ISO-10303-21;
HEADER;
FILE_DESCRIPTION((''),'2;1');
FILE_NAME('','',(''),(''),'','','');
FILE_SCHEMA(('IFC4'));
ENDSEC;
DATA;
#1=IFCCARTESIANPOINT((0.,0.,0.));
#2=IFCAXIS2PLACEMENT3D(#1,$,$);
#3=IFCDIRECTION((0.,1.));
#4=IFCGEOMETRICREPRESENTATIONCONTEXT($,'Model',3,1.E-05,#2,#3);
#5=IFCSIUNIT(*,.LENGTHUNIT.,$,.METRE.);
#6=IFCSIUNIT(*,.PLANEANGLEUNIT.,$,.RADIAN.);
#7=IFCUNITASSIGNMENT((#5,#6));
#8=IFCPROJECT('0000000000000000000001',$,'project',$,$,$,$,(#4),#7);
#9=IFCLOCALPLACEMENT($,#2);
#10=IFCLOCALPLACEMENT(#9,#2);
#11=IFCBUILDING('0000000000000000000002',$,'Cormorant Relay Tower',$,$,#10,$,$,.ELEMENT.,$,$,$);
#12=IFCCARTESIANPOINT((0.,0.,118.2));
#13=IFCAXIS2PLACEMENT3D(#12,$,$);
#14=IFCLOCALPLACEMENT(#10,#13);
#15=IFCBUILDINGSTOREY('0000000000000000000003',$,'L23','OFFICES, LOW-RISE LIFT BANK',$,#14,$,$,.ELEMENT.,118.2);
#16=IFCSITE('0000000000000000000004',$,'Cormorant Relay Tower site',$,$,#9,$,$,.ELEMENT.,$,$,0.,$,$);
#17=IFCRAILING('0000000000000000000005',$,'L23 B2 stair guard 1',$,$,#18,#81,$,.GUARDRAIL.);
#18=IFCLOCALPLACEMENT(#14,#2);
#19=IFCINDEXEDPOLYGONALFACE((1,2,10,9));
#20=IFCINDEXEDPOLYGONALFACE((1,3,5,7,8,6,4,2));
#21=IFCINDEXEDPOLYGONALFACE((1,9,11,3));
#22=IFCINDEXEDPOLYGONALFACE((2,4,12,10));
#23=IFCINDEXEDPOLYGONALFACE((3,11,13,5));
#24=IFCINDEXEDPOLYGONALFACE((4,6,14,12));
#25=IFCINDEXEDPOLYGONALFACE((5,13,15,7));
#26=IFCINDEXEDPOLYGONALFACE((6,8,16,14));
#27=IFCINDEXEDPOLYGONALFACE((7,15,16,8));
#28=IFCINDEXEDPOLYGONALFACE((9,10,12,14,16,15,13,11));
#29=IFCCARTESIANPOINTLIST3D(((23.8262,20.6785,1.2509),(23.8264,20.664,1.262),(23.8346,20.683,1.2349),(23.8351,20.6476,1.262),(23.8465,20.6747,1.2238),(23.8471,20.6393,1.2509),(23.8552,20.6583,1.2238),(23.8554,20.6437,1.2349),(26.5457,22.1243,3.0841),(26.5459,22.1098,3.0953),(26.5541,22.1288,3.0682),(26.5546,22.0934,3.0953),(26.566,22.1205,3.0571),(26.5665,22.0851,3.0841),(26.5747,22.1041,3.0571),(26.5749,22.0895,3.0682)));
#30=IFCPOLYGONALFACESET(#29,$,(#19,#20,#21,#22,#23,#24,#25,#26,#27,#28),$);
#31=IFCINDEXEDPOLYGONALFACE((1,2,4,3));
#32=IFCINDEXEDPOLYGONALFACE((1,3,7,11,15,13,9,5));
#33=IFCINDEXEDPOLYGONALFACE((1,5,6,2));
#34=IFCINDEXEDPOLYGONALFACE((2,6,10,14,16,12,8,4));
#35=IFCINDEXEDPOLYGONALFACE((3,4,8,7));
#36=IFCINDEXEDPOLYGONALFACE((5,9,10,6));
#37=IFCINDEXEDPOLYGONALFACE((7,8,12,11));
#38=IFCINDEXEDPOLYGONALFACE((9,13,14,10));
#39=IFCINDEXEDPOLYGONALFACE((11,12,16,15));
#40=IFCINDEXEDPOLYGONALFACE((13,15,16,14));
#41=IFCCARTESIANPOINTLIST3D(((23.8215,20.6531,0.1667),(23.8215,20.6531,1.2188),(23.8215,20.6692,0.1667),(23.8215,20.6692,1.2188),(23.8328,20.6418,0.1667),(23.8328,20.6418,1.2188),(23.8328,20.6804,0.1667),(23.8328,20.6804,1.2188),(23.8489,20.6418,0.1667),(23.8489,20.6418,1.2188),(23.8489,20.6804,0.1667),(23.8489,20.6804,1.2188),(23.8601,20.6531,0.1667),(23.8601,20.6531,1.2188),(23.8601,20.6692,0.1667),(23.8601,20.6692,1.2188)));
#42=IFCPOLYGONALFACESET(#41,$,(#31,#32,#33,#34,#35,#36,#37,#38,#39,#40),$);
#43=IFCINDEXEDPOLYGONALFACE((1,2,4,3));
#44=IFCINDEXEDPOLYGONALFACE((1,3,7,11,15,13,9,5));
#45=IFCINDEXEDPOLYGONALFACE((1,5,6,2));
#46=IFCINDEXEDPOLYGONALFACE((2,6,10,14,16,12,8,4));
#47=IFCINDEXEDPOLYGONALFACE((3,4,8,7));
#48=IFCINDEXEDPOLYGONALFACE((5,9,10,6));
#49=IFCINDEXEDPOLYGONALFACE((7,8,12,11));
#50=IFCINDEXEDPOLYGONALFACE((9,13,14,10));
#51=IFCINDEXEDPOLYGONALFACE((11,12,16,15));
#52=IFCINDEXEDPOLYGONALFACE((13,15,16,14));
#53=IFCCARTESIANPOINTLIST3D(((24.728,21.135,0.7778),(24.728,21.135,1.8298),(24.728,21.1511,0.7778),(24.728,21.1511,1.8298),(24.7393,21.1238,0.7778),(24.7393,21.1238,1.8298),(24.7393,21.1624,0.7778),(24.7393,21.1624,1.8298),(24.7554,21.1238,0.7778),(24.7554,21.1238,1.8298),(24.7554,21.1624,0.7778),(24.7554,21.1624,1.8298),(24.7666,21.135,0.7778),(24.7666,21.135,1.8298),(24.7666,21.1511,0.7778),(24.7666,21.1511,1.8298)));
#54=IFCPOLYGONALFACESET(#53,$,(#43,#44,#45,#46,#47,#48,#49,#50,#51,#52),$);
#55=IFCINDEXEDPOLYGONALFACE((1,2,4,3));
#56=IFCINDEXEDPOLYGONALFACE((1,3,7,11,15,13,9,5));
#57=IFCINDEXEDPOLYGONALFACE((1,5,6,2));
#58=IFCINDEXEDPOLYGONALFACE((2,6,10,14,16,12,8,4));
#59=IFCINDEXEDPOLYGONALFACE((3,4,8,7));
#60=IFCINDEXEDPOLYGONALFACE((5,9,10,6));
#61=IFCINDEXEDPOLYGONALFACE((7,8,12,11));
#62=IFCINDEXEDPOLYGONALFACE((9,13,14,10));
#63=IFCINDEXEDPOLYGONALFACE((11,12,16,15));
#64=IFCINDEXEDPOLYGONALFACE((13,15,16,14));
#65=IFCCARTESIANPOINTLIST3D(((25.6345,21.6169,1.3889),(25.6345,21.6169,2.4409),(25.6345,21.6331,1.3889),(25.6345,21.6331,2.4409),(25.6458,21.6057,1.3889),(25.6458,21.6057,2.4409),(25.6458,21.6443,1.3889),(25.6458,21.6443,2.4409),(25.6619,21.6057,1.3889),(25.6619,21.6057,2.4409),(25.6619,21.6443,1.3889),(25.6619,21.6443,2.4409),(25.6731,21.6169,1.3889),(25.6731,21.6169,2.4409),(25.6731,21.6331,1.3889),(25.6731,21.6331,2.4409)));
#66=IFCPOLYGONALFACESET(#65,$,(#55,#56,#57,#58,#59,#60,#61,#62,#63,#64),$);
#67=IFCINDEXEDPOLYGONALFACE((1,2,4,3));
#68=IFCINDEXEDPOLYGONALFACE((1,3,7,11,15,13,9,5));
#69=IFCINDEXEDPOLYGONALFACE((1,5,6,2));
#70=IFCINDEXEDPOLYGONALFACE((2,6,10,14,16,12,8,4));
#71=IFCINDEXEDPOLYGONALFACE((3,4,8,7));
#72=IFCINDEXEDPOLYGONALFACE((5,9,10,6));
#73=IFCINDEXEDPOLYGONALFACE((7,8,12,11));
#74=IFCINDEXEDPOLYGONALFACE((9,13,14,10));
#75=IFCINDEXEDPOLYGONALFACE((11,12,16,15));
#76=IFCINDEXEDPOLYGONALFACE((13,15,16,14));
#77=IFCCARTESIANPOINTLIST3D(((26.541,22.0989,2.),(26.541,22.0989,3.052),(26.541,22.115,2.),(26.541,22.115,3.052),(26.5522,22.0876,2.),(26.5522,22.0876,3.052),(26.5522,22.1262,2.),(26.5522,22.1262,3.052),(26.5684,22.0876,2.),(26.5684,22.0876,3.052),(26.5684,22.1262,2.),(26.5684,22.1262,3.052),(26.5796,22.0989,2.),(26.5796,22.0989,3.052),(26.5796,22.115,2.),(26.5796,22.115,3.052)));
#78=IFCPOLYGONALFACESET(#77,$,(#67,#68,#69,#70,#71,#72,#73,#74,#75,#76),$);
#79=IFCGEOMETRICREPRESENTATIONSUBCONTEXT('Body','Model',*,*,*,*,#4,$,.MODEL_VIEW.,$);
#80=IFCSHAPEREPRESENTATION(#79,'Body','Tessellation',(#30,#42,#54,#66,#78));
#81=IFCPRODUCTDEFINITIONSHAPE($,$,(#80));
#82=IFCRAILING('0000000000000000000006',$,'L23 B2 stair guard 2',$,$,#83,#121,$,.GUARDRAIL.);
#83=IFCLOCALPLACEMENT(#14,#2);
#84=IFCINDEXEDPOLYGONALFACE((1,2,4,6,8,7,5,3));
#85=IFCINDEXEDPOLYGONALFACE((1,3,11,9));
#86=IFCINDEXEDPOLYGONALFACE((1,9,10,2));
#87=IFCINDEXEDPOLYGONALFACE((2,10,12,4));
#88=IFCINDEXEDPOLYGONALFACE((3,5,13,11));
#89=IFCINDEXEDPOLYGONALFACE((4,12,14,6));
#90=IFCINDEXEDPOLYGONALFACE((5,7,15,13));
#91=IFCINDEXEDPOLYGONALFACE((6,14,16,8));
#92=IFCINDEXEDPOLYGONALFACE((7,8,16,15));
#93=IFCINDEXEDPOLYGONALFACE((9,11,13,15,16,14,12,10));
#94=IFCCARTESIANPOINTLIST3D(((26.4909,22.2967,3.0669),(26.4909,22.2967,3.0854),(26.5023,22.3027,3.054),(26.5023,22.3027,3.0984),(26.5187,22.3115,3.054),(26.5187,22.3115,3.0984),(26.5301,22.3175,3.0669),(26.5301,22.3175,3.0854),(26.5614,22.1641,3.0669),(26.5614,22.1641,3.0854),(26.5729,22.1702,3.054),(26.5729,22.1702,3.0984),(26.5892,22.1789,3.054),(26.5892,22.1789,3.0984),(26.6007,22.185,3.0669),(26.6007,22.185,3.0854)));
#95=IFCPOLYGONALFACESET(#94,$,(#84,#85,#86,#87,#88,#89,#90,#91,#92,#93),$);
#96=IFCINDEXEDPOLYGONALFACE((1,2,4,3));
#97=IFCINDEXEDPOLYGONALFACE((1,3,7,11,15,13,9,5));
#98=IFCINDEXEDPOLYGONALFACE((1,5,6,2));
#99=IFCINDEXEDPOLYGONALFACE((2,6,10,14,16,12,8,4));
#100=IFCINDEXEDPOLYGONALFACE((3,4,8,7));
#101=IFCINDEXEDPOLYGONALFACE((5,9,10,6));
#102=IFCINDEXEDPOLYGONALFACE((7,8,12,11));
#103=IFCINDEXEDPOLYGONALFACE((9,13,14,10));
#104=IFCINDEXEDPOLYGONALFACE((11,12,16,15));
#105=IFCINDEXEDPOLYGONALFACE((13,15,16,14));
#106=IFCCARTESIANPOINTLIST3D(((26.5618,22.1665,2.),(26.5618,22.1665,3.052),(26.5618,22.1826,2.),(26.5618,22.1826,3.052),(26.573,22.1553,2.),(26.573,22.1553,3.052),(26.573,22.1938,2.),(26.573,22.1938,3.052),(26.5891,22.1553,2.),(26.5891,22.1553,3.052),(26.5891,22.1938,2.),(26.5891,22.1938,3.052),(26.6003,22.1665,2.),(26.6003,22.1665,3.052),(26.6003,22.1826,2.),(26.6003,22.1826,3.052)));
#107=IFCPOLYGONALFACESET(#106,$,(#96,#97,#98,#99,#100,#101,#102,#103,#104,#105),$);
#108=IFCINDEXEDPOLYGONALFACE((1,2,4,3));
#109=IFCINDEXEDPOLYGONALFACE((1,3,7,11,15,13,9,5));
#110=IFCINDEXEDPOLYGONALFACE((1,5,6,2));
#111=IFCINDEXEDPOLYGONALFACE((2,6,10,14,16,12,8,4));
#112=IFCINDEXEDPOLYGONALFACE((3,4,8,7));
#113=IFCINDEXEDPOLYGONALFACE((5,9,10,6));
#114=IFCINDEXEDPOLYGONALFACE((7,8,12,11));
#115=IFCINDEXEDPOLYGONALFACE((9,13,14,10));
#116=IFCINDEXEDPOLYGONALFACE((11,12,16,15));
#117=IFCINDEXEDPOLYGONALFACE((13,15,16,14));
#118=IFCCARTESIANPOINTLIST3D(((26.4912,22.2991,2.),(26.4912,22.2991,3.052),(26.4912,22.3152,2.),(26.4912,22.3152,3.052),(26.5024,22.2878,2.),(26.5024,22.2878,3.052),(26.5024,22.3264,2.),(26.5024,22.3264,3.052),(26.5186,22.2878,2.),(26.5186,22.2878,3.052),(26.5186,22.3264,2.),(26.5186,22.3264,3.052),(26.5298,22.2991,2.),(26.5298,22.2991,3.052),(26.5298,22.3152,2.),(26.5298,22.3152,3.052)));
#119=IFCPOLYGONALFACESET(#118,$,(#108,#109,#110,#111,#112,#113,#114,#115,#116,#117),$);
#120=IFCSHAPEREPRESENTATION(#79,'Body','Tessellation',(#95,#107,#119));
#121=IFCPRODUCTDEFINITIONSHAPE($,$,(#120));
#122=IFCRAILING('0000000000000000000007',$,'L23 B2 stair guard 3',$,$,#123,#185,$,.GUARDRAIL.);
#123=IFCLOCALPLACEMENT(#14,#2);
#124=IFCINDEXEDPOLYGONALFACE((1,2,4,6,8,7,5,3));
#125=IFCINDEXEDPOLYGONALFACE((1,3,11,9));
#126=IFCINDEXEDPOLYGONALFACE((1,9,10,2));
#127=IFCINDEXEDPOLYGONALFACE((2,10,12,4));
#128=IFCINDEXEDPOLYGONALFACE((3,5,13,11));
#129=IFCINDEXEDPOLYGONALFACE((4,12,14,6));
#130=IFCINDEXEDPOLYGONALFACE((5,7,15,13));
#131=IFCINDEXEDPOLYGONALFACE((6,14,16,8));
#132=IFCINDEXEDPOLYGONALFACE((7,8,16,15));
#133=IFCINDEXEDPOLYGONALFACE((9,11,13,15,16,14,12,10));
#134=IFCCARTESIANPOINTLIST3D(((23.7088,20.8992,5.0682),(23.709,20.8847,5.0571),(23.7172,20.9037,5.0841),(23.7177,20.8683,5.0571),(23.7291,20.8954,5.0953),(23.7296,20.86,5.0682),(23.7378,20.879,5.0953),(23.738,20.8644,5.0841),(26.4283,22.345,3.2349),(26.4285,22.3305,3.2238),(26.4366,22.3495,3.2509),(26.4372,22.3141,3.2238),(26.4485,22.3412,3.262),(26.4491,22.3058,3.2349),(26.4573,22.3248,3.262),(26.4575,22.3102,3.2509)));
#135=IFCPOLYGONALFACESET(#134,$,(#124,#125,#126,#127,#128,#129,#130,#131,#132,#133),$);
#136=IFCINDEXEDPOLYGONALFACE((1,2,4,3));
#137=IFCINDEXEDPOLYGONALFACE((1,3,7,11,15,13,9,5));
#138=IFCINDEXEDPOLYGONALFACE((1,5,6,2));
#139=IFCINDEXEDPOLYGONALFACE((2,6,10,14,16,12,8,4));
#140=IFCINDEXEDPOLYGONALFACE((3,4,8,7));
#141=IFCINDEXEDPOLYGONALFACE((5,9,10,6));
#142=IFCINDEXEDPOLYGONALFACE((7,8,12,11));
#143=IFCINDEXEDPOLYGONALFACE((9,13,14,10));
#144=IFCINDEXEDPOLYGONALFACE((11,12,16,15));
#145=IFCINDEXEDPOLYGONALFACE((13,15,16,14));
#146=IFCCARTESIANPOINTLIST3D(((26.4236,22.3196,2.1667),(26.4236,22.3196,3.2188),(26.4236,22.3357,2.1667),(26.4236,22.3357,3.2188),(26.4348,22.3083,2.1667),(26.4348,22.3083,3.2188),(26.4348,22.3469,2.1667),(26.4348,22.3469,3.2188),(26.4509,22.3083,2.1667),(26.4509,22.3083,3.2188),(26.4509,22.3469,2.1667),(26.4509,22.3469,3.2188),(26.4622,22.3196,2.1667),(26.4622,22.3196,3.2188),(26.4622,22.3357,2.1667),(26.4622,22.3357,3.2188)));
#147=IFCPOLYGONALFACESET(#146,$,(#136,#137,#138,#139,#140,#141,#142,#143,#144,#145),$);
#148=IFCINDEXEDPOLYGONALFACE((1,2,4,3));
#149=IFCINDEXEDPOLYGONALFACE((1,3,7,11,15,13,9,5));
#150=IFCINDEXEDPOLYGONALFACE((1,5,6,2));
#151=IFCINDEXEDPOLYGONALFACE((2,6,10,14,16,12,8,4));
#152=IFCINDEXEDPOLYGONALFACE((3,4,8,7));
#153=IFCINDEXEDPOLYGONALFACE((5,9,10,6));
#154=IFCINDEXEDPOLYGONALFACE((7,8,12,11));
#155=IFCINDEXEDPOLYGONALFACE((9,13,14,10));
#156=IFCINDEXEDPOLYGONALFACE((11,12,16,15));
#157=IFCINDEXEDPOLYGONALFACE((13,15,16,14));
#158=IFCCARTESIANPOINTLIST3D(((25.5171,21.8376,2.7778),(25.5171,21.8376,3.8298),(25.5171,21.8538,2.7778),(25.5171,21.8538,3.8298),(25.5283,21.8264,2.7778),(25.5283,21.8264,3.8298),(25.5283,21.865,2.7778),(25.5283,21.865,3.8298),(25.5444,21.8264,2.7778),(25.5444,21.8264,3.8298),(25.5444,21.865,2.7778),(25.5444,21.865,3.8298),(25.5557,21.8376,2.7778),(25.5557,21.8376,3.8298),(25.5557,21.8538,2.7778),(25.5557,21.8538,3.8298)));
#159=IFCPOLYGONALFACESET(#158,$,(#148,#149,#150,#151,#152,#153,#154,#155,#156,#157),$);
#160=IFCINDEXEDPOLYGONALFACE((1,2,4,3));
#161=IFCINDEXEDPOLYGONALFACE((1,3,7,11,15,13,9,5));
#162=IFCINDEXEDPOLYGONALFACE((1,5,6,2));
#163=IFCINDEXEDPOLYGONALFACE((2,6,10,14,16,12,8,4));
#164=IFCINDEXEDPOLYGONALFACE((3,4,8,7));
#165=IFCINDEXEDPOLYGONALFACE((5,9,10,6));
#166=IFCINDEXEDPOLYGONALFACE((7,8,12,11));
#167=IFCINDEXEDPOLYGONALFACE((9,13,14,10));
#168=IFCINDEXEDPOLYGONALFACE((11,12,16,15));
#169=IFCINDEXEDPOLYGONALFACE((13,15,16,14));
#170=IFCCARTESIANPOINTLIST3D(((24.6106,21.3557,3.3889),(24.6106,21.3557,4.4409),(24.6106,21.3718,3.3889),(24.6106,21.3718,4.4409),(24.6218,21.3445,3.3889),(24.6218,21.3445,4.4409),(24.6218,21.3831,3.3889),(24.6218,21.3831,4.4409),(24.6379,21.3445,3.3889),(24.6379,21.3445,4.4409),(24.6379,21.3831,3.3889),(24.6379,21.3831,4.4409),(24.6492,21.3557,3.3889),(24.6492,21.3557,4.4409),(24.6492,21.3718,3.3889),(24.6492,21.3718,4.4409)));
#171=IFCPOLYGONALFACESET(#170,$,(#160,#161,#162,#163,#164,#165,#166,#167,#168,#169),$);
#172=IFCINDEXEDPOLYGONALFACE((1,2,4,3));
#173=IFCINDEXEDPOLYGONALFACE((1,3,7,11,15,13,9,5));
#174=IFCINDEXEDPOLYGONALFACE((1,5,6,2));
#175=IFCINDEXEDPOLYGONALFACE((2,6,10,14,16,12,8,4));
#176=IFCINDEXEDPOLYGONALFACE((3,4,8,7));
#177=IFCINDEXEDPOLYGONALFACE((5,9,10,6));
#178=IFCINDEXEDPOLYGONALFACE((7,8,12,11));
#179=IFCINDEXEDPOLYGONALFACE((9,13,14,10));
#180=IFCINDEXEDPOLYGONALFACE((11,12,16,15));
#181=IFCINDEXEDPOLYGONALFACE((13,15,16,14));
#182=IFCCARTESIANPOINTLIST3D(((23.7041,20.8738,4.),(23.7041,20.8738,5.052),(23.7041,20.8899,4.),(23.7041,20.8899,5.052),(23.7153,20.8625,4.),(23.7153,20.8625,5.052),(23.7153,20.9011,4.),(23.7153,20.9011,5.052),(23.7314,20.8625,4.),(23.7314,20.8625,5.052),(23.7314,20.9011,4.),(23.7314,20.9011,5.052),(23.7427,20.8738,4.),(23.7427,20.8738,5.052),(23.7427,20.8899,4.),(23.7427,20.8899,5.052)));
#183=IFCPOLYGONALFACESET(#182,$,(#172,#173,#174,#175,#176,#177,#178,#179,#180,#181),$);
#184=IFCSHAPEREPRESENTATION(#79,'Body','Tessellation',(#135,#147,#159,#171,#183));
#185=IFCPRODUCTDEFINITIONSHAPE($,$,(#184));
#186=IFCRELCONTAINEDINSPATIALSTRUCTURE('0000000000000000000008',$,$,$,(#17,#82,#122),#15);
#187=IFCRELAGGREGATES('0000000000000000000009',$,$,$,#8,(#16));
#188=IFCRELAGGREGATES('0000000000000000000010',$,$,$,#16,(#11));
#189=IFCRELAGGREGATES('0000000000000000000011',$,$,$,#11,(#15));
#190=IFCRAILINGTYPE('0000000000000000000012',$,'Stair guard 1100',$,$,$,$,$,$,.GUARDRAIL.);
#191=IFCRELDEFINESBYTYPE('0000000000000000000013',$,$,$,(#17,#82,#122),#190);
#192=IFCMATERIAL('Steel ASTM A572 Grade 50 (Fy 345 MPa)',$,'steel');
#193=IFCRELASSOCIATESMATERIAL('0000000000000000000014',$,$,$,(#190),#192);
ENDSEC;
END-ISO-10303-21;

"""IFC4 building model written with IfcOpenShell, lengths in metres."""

from ifc_helpers import new_model, si_unit, direction, frame, origin, place, context, subcontext, project, spatial, polyline, outline, extrude, material, type_object, element, save


model = new_model("IFC4")

# Units and contexts
model_context = context("Model", 3, precision=1e-05, world=origin(), true_north=direction((0.0, 1.0)))
body_context = subcontext(model_context, "Body", "Model", "MODEL_VIEW")
ifc_project = project(units=[si_unit("LENGTHUNIT", "METRE"), si_unit("PLANEANGLEUNIT", "RADIAN")], contexts=[model_context])

# Site, building, storey
site_placement = place(None, origin())
site = spatial("IfcSite", under=ifc_project, at=site_placement, Name="Cormorant Relay Tower site", CompositionType="ELEMENT", RefElevation=0.0)
building_placement = place(site_placement, origin())
building = spatial("IfcBuilding", under=site, at=building_placement, Name="Cormorant Relay Tower", CompositionType="ELEMENT")
storey_placement = place(building_placement, frame((0.0, 0.0, 118.2)))
storey = spatial("IfcBuildingStorey", under=building, at=storey_placement, Name="L23", Description="OFFICES, LOW-RISE LIFT BANK", CompositionType="ELEMENT", Elevation=118.2)

# Railings
ifc_material_1 = material(Name="Steel ASTM A572 Grade 50 (Fy 345 MPa)", Category="steel")
railing_type_1 = type_object("IfcRailingType", Name="Stair guard 1100", PredefinedType="GUARDRAIL", material=ifc_material_1)
railing_1_placement = place(storey_placement, frame((23.8408, 20.6611, 0.1667)))
element("IfcRailing", 1, at=railing_1_placement, inside=storey, type_object=railing_type_1, Name="L23 B2 stair guard 1", PredefinedType="GUARDRAIL", context=body_context, shape_type="SweptSolid", body=[
    extrude(outline(polyline([(0.0222, 0.0093), (0.0093, 0.0222), (-0.0093, 0.0222), (-0.0222, 0.0093), (-0.0222, -0.0093), (-0.0093, -0.0222), (0.0093, -0.0222), (0.0222, -0.0093), (0.0222, 0.0093)])), frame((0.0, 0.0, 1.0762), z_axis=(0.758735, 0.403378, 0.511477), x_axis=(-0.469428, 0.882971, 0.0)), (0.0, 0.0, 1.0), 3.5842),
    extrude(outline(polyline([(0.0193, 0.0081), (0.0081, 0.0193), (-0.0081, 0.0193), (-0.0193, 0.0081), (-0.0193, -0.0081), (-0.0081, -0.0193), (0.0081, -0.0193), (0.0193, -0.0081), (0.0193, 0.0081)])), origin(), (0.0, 0.0, 1.0), 1.052),
    extrude(outline(polyline([(0.0193, 0.0081), (0.0081, 0.0193), (-0.0081, 0.0193), (-0.0193, 0.0081), (-0.0193, -0.0081), (-0.0081, -0.0193), (0.0081, -0.0193), (0.0193, -0.0081), (0.0193, 0.0081)])), frame((0.9065, 0.4819, 0.6111)), (0.0, 0.0, 1.0), 1.052),
    extrude(outline(polyline([(0.0193, 0.0081), (0.0081, 0.0193), (-0.0081, 0.0193), (-0.0193, 0.0081), (-0.0193, -0.0081), (-0.0081, -0.0193), (0.0081, -0.0193), (0.0193, -0.0081), (0.0193, 0.0081)])), frame((1.813, 0.9639, 1.2222)), (0.0, 0.0, 1.0), 1.052),
    extrude(outline(polyline([(0.0193, 0.0081), (0.0081, 0.0193), (-0.0081, 0.0193), (-0.0193, 0.0081), (-0.0193, -0.0081), (-0.0081, -0.0193), (0.0081, -0.0193), (0.0193, -0.0081), (0.0193, 0.0081)])), frame((2.7195, 1.4458, 1.8333)), (0.0, 0.0, 1.0), 1.052),
])
railing_2_placement = place(storey_placement, frame((26.5811, 22.1746, 2.0)))
element("IfcRailing", 2, at=railing_2_placement, inside=storey, type_object=railing_type_1, Name="L23 B2 stair guard 2", PredefinedType="GUARDRAIL", context=body_context, shape_type="SweptSolid", body=[
    extrude(outline(polyline([(0.0222, 0.0093), (0.0093, 0.0222), (-0.0093, 0.0222), (-0.0222, 0.0093), (-0.0222, -0.0093), (-0.0093, -0.0222), (0.0093, -0.0222), (0.0222, -0.0093), (0.0222, 0.0093)])), frame((0.0, 0.0, 1.0762), z_axis=(-0.469829, 0.882758, 0.0), x_axis=(-0.882758, -0.469829, 0.0)), (0.0, 0.0, 1.0), 0.1501),
    extrude(outline(polyline([(0.0193, 0.0081), (0.0081, 0.0193), (-0.0081, 0.0193), (-0.0193, 0.0081), (-0.0193, -0.0081), (-0.0081, -0.0193), (0.0081, -0.0193), (0.0193, -0.0081), (0.0193, 0.0081)])), origin(), (0.0, 0.0, 1.0), 1.052),
    extrude(outline(polyline([(0.0193, 0.0081), (0.0081, 0.0193), (-0.0081, 0.0193), (-0.0193, 0.0081), (-0.0193, -0.0081), (-0.0081, -0.0193), (0.0081, -0.0193), (0.0193, -0.0081), (0.0193, 0.0081)])), frame((-0.0706, 0.1326, 0.0)), (0.0, 0.0, 1.0), 1.052),
])
railing_3_placement = place(storey_placement, frame((26.4429, 22.3276, 2.1667)))
element("IfcRailing", 3, at=railing_3_placement, inside=storey, type_object=railing_type_1, Name="L23 B2 stair guard 3", PredefinedType="GUARDRAIL", context=body_context, shape_type="SweptSolid", body=[
    extrude(outline(polyline([(0.0222, 0.0093), (0.0093, 0.0222), (-0.0093, 0.0222), (-0.0222, 0.0093), (-0.0222, -0.0093), (-0.0093, -0.0222), (0.0093, -0.0222), (0.0222, -0.0093), (0.0222, 0.0093)])), frame((0.0, 0.0, 1.0762), z_axis=(-0.758735, -0.403378, 0.511477), x_axis=(0.469428, -0.882971, 0.0)), (0.0, 0.0, 1.0), 3.5842),
    extrude(outline(polyline([(0.0193, 0.0081), (0.0081, 0.0193), (-0.0081, 0.0193), (-0.0193, 0.0081), (-0.0193, -0.0081), (-0.0081, -0.0193), (0.0081, -0.0193), (0.0193, -0.0081), (0.0193, 0.0081)])), origin(), (0.0, 0.0, 1.0), 1.052),
    extrude(outline(polyline([(0.0193, 0.0081), (0.0081, 0.0193), (-0.0081, 0.0193), (-0.0193, 0.0081), (-0.0193, -0.0081), (-0.0081, -0.0193), (0.0081, -0.0193), (0.0193, -0.0081), (0.0193, 0.0081)])), frame((-0.9065, -0.4819, 0.6111)), (0.0, 0.0, 1.0), 1.052),
    extrude(outline(polyline([(0.0193, 0.0081), (0.0081, 0.0193), (-0.0081, 0.0193), (-0.0193, 0.0081), (-0.0193, -0.0081), (-0.0081, -0.0193), (0.0081, -0.0193), (0.0193, -0.0081), (0.0193, 0.0081)])), frame((-1.813, -0.9639, 1.2222)), (0.0, 0.0, 1.0), 1.052),
    extrude(outline(polyline([(0.0193, 0.0081), (0.0081, 0.0193), (-0.0081, 0.0193), (-0.0193, 0.0081), (-0.0193, -0.0081), (-0.0081, -0.0193), (0.0081, -0.0193), (0.0193, -0.0081), (0.0193, 0.0081)])), frame((-2.7195, -1.4458, 1.8333)), (0.0, 0.0, 1.0), 1.052),
])

save(model, "model.ifc")
